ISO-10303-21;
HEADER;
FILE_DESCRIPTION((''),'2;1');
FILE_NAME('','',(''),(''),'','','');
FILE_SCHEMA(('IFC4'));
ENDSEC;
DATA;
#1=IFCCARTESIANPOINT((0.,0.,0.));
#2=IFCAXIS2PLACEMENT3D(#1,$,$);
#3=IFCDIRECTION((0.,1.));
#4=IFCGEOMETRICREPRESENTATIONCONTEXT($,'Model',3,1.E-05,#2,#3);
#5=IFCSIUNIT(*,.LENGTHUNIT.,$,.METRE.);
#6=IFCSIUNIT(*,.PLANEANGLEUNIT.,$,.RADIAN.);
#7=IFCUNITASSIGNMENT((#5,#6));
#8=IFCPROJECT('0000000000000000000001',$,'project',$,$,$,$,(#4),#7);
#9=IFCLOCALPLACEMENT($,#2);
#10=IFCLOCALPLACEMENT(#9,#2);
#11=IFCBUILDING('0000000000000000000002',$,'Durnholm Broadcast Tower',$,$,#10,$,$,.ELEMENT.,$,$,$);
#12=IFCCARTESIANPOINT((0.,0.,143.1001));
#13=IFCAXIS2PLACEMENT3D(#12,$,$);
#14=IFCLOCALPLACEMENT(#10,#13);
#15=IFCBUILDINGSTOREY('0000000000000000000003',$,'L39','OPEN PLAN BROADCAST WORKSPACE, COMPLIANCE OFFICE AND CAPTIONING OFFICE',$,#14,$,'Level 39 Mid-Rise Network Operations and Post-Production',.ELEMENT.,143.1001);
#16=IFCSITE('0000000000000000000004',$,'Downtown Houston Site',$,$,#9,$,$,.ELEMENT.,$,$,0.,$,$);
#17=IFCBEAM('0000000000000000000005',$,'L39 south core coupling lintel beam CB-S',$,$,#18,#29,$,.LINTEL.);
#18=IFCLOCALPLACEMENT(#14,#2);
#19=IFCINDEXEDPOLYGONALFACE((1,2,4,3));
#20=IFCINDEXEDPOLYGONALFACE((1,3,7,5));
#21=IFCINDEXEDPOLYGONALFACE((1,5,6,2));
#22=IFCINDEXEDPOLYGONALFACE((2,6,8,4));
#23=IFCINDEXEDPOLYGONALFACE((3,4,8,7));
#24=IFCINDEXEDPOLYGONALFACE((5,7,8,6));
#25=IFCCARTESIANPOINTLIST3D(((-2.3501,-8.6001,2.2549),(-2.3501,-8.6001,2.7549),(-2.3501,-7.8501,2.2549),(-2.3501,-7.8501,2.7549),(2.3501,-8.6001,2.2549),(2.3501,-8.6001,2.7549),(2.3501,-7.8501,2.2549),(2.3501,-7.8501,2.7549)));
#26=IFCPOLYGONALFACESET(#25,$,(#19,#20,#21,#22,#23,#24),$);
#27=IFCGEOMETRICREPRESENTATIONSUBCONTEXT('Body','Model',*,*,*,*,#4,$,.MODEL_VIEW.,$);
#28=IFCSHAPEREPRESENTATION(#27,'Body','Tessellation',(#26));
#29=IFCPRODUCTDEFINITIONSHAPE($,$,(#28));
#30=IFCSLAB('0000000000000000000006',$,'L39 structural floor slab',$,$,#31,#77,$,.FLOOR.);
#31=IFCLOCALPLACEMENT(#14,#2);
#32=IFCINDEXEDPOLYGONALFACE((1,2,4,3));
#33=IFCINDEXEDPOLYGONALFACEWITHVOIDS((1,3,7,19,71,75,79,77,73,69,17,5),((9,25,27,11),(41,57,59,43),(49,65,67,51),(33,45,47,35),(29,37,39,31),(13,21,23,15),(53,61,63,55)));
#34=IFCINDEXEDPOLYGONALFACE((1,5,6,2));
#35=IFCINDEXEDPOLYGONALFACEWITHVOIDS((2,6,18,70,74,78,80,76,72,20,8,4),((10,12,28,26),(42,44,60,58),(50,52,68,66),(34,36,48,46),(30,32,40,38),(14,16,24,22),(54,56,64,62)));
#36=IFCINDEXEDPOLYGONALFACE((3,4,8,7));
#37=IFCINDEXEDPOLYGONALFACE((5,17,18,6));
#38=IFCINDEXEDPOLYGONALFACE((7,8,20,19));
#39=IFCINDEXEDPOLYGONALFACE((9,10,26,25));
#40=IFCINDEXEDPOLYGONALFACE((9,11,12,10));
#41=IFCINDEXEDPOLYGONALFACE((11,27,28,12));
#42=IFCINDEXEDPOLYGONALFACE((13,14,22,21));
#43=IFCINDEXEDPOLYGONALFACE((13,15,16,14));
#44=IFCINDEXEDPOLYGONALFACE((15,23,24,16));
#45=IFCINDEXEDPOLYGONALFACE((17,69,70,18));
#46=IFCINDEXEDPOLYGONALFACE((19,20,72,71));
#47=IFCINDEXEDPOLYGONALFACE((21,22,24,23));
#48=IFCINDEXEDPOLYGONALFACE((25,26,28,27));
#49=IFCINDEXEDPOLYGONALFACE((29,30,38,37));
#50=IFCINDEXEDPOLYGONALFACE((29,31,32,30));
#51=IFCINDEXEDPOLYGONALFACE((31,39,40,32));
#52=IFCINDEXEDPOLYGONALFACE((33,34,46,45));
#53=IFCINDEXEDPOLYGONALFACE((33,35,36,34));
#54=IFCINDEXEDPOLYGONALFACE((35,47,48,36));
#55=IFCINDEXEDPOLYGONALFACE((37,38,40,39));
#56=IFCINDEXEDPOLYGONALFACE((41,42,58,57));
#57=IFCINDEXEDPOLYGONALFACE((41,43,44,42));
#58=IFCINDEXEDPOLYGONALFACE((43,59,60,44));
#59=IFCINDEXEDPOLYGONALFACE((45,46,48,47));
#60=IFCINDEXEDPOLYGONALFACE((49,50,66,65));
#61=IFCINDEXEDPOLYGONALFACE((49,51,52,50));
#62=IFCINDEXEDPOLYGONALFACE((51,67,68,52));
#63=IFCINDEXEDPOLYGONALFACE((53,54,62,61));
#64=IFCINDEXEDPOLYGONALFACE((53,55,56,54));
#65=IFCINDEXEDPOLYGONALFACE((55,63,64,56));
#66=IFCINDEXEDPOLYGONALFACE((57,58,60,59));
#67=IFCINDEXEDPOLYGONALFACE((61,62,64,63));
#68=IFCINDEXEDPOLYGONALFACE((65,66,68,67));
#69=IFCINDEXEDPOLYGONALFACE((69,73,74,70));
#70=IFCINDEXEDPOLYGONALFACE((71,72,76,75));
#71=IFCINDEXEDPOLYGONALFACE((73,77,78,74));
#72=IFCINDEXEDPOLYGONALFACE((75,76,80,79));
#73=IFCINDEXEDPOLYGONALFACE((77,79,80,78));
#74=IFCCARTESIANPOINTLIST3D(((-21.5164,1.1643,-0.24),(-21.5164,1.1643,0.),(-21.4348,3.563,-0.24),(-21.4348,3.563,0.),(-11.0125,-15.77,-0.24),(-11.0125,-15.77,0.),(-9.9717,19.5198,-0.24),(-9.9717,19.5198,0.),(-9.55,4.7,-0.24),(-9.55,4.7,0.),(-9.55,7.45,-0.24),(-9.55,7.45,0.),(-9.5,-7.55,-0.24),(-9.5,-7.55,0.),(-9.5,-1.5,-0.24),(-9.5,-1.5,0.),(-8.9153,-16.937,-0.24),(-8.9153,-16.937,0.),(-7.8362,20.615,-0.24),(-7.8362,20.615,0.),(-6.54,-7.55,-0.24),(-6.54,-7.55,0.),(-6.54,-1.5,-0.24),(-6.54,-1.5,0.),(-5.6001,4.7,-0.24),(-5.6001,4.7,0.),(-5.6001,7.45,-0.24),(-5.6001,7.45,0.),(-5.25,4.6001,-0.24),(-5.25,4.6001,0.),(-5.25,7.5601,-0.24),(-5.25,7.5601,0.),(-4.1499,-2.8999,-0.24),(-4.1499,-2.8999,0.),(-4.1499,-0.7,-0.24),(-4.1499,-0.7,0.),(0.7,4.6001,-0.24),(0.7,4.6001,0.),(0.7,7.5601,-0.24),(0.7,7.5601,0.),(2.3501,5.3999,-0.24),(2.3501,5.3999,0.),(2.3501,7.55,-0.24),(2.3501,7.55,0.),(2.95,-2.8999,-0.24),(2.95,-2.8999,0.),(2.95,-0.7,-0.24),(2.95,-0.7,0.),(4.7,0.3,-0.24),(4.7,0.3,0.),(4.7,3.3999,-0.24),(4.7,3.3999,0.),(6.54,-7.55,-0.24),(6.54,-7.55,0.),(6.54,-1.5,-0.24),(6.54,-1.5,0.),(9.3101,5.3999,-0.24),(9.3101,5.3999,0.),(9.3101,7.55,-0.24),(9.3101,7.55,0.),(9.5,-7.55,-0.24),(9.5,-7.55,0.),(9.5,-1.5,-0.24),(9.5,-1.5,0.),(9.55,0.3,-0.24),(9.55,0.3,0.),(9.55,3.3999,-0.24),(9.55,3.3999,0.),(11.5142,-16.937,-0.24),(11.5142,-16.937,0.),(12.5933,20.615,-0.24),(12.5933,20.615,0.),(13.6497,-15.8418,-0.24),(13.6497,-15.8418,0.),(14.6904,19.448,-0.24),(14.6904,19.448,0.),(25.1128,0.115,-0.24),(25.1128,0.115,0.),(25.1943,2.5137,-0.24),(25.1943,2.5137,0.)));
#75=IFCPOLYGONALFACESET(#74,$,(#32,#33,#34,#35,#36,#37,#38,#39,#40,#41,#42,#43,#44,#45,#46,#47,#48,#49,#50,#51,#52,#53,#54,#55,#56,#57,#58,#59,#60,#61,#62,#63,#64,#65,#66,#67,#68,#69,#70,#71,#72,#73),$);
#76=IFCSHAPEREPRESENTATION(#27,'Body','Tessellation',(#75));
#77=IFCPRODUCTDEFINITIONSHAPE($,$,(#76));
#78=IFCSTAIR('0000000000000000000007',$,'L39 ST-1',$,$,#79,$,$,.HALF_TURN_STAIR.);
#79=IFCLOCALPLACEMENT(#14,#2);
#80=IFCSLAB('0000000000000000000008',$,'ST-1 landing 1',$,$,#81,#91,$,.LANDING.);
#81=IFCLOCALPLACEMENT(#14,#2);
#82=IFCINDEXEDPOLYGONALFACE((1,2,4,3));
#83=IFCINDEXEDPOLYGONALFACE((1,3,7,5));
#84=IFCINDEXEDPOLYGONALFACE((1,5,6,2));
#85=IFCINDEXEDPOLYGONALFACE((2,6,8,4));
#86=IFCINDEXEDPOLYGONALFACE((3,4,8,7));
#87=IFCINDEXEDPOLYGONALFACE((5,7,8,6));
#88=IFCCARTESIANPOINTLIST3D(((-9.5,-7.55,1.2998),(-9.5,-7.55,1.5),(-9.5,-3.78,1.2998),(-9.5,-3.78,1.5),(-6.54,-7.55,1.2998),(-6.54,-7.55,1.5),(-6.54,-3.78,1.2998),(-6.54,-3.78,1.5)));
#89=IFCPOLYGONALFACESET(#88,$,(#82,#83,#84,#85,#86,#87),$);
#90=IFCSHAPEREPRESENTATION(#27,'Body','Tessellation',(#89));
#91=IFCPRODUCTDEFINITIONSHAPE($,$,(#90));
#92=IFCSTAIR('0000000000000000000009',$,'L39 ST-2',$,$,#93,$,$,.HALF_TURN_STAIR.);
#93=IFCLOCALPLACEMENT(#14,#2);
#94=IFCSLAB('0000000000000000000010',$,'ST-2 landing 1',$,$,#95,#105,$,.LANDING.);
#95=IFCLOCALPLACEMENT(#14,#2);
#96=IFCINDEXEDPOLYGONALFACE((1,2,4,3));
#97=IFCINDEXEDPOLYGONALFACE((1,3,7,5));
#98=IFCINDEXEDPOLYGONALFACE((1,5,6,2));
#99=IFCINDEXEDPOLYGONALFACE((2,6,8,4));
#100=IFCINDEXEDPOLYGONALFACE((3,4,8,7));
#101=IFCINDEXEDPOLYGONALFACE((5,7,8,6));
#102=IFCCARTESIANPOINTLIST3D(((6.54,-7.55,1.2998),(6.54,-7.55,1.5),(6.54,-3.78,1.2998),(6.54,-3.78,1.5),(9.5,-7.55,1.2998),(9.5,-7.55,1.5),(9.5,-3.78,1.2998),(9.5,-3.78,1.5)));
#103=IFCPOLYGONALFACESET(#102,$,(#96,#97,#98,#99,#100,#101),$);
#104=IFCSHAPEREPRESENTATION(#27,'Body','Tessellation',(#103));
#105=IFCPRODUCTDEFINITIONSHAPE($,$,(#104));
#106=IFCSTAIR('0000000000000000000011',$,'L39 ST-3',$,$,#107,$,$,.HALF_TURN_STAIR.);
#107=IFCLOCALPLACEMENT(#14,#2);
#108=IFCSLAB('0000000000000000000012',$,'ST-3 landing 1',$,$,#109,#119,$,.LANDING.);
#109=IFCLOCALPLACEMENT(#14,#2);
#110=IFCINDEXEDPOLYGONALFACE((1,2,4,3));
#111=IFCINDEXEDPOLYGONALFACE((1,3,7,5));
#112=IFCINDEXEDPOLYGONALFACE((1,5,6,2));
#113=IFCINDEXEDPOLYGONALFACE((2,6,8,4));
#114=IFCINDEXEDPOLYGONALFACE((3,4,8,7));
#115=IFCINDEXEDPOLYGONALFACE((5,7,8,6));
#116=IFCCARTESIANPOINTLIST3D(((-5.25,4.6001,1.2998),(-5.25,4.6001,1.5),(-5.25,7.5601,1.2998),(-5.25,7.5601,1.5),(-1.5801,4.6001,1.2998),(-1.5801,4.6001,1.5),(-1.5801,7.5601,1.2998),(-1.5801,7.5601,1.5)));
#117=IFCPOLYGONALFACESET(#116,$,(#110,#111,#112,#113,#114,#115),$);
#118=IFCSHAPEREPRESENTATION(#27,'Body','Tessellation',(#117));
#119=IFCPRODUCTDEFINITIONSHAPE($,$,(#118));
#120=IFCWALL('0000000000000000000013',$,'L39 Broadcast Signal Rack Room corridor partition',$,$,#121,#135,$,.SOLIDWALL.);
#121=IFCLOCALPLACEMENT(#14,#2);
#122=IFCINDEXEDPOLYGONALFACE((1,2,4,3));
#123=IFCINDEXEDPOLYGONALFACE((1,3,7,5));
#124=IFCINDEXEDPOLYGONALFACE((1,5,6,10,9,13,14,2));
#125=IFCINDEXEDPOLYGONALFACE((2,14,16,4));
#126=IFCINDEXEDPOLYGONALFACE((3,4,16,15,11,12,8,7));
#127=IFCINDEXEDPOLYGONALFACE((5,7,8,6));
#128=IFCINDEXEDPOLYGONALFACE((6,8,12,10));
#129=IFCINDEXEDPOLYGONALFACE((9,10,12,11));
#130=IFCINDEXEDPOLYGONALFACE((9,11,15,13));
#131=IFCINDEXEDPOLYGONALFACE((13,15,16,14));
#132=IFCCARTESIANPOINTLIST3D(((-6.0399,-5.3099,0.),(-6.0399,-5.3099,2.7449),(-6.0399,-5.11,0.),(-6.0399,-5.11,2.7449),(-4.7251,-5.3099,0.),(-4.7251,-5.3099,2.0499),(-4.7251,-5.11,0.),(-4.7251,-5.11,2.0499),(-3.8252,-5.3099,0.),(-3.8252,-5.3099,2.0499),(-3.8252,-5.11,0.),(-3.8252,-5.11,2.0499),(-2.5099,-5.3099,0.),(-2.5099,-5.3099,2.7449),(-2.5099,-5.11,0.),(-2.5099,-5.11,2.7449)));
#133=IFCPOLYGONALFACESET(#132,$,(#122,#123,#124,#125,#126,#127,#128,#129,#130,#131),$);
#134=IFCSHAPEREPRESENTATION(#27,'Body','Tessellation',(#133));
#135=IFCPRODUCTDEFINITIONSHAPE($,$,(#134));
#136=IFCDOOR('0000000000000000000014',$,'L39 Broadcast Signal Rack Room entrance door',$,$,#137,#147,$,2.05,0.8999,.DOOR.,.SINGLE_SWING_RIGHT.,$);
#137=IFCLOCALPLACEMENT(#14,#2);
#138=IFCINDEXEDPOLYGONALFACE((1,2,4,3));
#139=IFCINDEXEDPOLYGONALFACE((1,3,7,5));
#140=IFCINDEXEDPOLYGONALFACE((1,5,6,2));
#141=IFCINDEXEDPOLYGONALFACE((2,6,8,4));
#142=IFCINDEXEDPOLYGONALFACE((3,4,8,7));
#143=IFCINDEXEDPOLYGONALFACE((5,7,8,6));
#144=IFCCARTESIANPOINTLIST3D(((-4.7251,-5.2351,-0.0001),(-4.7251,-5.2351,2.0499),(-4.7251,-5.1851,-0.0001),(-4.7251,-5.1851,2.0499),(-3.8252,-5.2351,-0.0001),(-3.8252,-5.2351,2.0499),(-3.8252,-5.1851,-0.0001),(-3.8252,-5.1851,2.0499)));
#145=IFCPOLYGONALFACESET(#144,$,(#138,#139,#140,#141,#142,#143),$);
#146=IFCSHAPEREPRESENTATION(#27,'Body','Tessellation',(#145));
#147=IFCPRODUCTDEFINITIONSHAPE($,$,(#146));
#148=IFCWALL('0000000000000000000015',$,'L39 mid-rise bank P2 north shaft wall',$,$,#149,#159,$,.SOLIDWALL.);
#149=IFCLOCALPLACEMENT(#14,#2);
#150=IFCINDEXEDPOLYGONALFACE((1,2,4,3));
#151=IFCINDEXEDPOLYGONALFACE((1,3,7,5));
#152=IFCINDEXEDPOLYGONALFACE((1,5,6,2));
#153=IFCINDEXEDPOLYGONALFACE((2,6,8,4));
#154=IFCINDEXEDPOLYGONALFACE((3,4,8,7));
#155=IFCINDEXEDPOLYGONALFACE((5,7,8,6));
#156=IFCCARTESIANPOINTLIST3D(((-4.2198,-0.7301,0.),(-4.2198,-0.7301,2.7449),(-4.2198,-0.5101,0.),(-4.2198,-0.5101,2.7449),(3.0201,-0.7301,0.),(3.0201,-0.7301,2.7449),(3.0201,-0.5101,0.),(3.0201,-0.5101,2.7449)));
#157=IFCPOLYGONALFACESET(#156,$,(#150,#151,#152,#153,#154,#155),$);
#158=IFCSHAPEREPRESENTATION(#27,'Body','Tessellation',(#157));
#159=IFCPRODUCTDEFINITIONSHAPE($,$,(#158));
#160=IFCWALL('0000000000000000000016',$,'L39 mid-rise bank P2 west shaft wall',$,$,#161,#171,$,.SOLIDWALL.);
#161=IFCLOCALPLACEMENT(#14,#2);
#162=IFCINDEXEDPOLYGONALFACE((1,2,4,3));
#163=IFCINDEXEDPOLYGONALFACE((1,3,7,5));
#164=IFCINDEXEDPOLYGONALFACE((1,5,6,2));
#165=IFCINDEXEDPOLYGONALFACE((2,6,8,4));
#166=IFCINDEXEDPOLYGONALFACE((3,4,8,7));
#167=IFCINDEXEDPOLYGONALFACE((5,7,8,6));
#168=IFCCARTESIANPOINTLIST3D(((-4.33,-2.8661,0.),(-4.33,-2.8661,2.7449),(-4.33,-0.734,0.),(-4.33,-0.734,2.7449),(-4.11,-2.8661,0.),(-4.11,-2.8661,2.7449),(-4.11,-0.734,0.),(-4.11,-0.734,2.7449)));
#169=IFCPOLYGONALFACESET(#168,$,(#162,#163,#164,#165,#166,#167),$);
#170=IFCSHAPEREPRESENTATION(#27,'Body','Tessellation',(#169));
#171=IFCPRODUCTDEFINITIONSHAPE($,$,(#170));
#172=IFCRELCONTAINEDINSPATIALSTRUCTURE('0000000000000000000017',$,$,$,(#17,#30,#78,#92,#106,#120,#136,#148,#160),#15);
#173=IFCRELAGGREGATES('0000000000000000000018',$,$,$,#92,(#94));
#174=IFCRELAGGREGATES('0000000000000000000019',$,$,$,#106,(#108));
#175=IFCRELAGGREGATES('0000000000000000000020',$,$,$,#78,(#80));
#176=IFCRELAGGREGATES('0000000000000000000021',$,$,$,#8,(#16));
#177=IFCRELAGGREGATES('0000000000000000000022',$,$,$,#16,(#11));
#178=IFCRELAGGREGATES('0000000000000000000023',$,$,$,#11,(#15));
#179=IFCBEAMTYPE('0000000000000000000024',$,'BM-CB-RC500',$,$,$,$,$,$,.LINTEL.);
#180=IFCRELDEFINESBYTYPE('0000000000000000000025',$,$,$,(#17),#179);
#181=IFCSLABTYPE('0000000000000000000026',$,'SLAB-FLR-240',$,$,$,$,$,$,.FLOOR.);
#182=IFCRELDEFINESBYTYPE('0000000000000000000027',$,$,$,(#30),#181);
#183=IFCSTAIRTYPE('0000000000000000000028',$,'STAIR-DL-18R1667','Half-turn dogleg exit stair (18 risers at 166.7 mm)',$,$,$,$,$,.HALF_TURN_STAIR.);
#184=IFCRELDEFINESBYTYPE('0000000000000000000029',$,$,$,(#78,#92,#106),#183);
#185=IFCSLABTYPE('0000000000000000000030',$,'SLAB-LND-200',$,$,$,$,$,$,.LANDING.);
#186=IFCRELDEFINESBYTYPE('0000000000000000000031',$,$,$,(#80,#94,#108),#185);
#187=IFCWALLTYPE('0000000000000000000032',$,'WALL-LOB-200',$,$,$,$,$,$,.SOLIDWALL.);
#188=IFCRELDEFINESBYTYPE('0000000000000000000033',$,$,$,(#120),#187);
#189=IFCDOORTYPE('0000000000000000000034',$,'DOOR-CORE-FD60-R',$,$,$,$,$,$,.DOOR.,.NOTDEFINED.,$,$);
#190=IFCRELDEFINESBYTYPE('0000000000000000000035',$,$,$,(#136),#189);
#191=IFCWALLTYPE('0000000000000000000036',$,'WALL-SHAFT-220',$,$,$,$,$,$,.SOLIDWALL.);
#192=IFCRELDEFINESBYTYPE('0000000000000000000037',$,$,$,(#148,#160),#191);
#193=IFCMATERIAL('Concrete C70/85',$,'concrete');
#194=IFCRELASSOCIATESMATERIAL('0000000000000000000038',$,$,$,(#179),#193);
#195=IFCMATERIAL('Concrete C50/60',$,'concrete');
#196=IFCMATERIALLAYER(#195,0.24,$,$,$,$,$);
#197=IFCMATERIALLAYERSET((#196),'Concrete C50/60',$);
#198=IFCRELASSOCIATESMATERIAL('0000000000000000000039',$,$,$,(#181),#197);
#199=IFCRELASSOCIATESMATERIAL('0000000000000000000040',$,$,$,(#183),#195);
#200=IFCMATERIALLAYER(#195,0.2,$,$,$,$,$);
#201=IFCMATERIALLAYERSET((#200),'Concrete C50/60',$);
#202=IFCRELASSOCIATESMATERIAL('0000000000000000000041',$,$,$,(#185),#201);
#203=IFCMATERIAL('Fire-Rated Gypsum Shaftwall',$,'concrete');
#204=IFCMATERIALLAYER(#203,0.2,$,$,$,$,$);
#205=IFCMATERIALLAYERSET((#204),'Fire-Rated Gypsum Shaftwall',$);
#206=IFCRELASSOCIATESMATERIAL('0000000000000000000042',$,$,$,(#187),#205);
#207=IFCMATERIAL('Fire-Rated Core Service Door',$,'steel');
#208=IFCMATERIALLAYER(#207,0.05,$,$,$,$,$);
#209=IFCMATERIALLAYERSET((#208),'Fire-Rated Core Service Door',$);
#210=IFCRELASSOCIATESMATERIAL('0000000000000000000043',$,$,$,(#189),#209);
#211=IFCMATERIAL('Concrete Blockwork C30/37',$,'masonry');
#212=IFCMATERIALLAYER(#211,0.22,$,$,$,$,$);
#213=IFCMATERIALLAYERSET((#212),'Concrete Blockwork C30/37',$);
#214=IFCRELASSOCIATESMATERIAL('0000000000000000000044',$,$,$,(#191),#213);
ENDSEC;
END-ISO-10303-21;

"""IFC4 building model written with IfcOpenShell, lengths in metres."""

from ifc_helpers import new_model, si_unit, direction, frame, frame_2d, origin, origin_2d, place, context, subcontext, project, spatial, polyline, rectangle, outline, extrude, source, transform, mapped, material, layer, layer_set, material_profile, profile_set, type_object, type_shapes, element, fill, aggregate, save


model = new_model("IFC4")

# Units and contexts
model_context = context("Model", 3, precision=1e-05, world=origin(), true_north=direction((0.0, 1.0)))
body_context = subcontext(model_context, "Body", "Model", "MODEL_VIEW")
ifc_project = project(units=[si_unit("LENGTHUNIT", "METRE"), si_unit("PLANEANGLEUNIT", "RADIAN")], contexts=[model_context])

# Site, building, storey
site_placement = place(None, origin())
site = spatial("IfcSite", under=ifc_project, at=site_placement, Name="Downtown Houston Site", CompositionType="ELEMENT", RefElevation=0.0)
building_placement = place(site_placement, origin())
building = spatial("IfcBuilding", under=site, at=building_placement, Name="Durnholm Broadcast Tower", CompositionType="ELEMENT")
storey_placement = place(building_placement, frame((0.0, 0.0, 143.1001)))
storey = spatial("IfcBuildingStorey", under=building, at=storey_placement, Name="L39", Description="OPEN PLAN BROADCAST WORKSPACE, COMPLIANCE OFFICE AND CAPTIONING OFFICE", LongName="Level 39 Mid-Rise Network Operations and Post-Production", CompositionType="ELEMENT", Elevation=143.1001)

# Beam
ifc_material_1 = material(Name="Concrete C70/85", Category="concrete")
ifc_material_profile = material_profile(ifc_material_1, rectangle(XDim=0.75, YDim=0.5, at=origin_2d()), Name="RC750X500")
ifc_profile_set = profile_set([ifc_material_profile], Name="Concrete C70/85")
beam_type = type_object("IfcBeamType", Name="BM-CB-RC500", PredefinedType="LINTEL", material=ifc_profile_set)
shared_shape_1 = source(origin(), body_context, "Body", "SweptSolid", [
    extrude(rectangle(XDim=0.75, YDim=0.5, at=origin_2d()), origin(), (0.0, 0.0, 1.0), 4.7002),
])
type_shapes(beam_type, [shared_shape_1])
beam_placement = place(storey_placement, frame((-2.3501, -8.2251, 2.5049), z_axis=(1.0, 0.0, 0.0), x_axis=(0.0, 1.0, 0.0)))
element("IfcBeam", 1, at=beam_placement, inside=storey, type_object=beam_type, Name="L39 south core coupling lintel beam CB-S", PredefinedType="LINTEL", context=body_context, shape_type="MappedRepresentation", body=[
    mapped(shared_shape_1, transform((0.0, 0.0, 0.0), x_axis=(1.0, 0.0, 0.0), y_axis=(0.0, 1.0, 0.0), z_axis=(0.0, 0.0, 1.0), scale=1.0)),
])

# Slab
ifc_material_2 = material(Name="Concrete C50/60", Category="concrete")
ifc_layer_1 = layer(ifc_material_2, 0.24)
ifc_layer_set_1 = layer_set([ifc_layer_1], Name="Concrete C50/60")
slab_type_1 = type_object("IfcSlabType", Name="SLAB-FLR-240", PredefinedType="FLOOR", material=ifc_layer_set_1)
slab_1_placement = place(storey_placement, frame((0.0, 0.0, -0.24)))
element("IfcSlab", 2, at=slab_1_placement, inside=storey, type_object=slab_type_1, Name="L39 structural floor slab", PredefinedType="FLOOR", context=body_context, shape_type="SweptSolid", body=[
    extrude(outline(polyline([(-11.0125, -15.77), (-8.9153, -16.937), (11.5142, -16.937), (13.6497, -15.8418), (25.1128, 0.115), (25.1943, 2.5137), (14.6904, 19.448), (12.5933, 20.615), (-7.8362, 20.615), (-9.9717, 19.5198), (-21.4348, 3.563), (-21.5164, 1.1643), (-11.0125, -15.77)]), holes=[polyline([(-6.54, -1.5), (-9.5, -1.5), (-9.5, -7.55), (-6.54, -7.55), (-6.54, -1.5)]), polyline([(9.5, -7.55), (9.5, -1.5), (6.54, -1.5), (6.54, -7.55), (9.5, -7.55)]), polyline([(2.95, -0.7), (-4.1499, -0.7), (-4.1499, -2.8999), (2.95, -2.8999), (2.95, -0.7)]), polyline([(9.55, 3.3999), (4.7, 3.3999), (4.7, 0.3), (9.55, 0.3), (9.55, 3.3999)]), polyline([(-5.6001, 7.45), (-9.55, 7.45), (-9.55, 4.7), (-5.6001, 4.7), (-5.6001, 7.45)]), polyline([(-5.25, 4.6001), (0.7, 4.6001), (0.7, 7.5601), (-5.25, 7.5601), (-5.25, 4.6001)]), polyline([(9.3101, 7.55), (2.3501, 7.55), (2.3501, 5.3999), (9.3101, 5.3999), (9.3101, 7.55)])]), origin(), (0.0, 0.0, 1.0), 0.24),
])

# Stairs, slabs
stair_type = type_object("IfcStairType", Name="STAIR-DL-18R1667", Description="Half-turn dogleg exit stair (18 risers at 166.7 mm)", PredefinedType="HALF_TURN_STAIR", material=ifc_material_2)
stair_1_placement = place(storey_placement, origin())
stair_1 = element("IfcStair", 3, at=stair_1_placement, inside=storey, type_object=stair_type, Name="L39 ST-1", PredefinedType="HALF_TURN_STAIR")
ifc_layer_2 = layer(ifc_material_2, 0.2)
ifc_layer_set_2 = layer_set([ifc_layer_2], Name="Concrete C50/60")
slab_type_2 = type_object("IfcSlabType", Name="SLAB-LND-200", PredefinedType="LANDING", material=ifc_layer_set_2)
slab_2_placement = place(storey_placement, frame((0.0, 0.0, 1.2998)))
slab_2 = element("IfcSlab", 4, at=slab_2_placement, type_object=slab_type_2, Name="ST-1 landing 1", PredefinedType="LANDING", context=body_context, shape_type="SweptSolid", body=[
    extrude(outline(polyline([(-9.5, -3.78), (-9.5, -7.55), (-6.54, -7.55), (-6.54, -3.78), (-9.5, -3.78)])), origin(), (0.0, 0.0, 1.0), 0.2002),
])
stair_2_placement = place(storey_placement, origin())
stair_2 = element("IfcStair", 5, at=stair_2_placement, inside=storey, type_object=stair_type, Name="L39 ST-2", PredefinedType="HALF_TURN_STAIR")
slab_3_placement = place(storey_placement, frame((0.0, 0.0, 1.2998)))
slab_3 = element("IfcSlab", 6, at=slab_3_placement, type_object=slab_type_2, Name="ST-2 landing 1", PredefinedType="LANDING", context=body_context, shape_type="SweptSolid", body=[
    extrude(outline(polyline([(6.54, -3.78), (6.54, -7.55), (9.5, -7.55), (9.5, -3.78), (6.54, -3.78)])), origin(), (0.0, 0.0, 1.0), 0.2002),
])
aggregate(stair_2, [slab_3])
stair_3_placement = place(storey_placement, origin())
stair_3 = element("IfcStair", 7, at=stair_3_placement, inside=storey, type_object=stair_type, Name="L39 ST-3", PredefinedType="HALF_TURN_STAIR")
slab_4_placement = place(storey_placement, frame((0.0, 0.0, 1.2998)))
slab_4 = element("IfcSlab", 8, at=slab_4_placement, type_object=slab_type_2, Name="ST-3 landing 1", PredefinedType="LANDING", context=body_context, shape_type="SweptSolid", body=[
    extrude(outline(polyline([(-1.5801, 7.5601), (-5.25, 7.5601), (-5.25, 4.6001), (-1.5801, 4.6001), (-1.5801, 7.5601)])), origin(), (0.0, 0.0, 1.0), 0.2002),
])
aggregate(stair_3, [slab_4])

# Wall, opening, door
ifc_material_3 = material(Name="Fire-Rated Gypsum Shaftwall", Category="concrete")
ifc_layer_3 = layer(ifc_material_3, 0.2)
ifc_layer_set_3 = layer_set([ifc_layer_3], Name="Fire-Rated Gypsum Shaftwall")
wall_type_1 = type_object("IfcWallType", Name="WALL-LOB-200", PredefinedType="SOLIDWALL", material=ifc_layer_set_3)
wall_1_placement = place(storey_placement, frame((-6.04, -5.21, 0.0), z_axis=(0.0, 0.0, 1.0), x_axis=(1.0, 0.0, 0.0)))
wall_1 = element("IfcWall", 9, at=wall_1_placement, inside=storey, type_object=wall_type_1, Name="L39 Broadcast Signal Rack Room corridor partition", PredefinedType="SOLIDWALL", context=body_context, shape_type="SweptSolid", body=[
    extrude(rectangle(XDim=3.53, YDim=0.2, at=frame_2d((1.7651, 0.0))), origin(), (0.0, 0.0, 1.0), 2.7449),
])
opening_1_placement = place(wall_1_placement, frame((1.3149, 0.0, 0.0)))
opening_1 = element("IfcOpeningElement", 10, at=opening_1_placement, cuts=wall_1, PredefinedType="OPENING", context=body_context, shape_type="SweptSolid", body=[
    extrude(rectangle(XDim=0.8999, YDim=2.05, at=frame_2d((0.45, 1.0249))), frame((0.0, 0.1099, 0.0), z_axis=(0.0, -1.0, 0.0), x_axis=(1.0, 0.0, 0.0)), (0.0, 0.0, 1.0), 0.22),
])
ifc_material_4 = material(Name="Fire-Rated Core Service Door", Category="steel")
ifc_layer_4 = layer(ifc_material_4, 0.05)
ifc_layer_set_4 = layer_set([ifc_layer_4], Name="Fire-Rated Core Service Door")
door_type_1 = type_object("IfcDoorType", Name="DOOR-CORE-FD60-R", OperationType="NOTDEFINED", PredefinedType="DOOR", material=ifc_layer_set_4)
shared_shape_2 = source(origin(), body_context, "Body", "SweptSolid", [
    extrude(rectangle(XDim=0.8999, YDim=2.05, at=frame_2d((0.45, 1.0249))), frame((0.0, 0.0249, 0.0), z_axis=(0.0, -1.0, 0.0), x_axis=(1.0, 0.0, 0.0)), (0.0, 0.0, 1.0), 0.05),
])
type_shapes(door_type_1, [shared_shape_2])
door_1_placement = place(opening_1_placement, origin())
door_1 = element("IfcDoor", 11, at=door_1_placement, inside=storey, type_object=door_type_1, Name="L39 Broadcast Signal Rack Room entrance door", OperationType="SINGLE_SWING_RIGHT", OverallHeight=2.05, OverallWidth=0.8999, PredefinedType="DOOR", context=body_context, shape_type="MappedRepresentation", body=[
    mapped(shared_shape_2, transform((0.0, 0.0, 0.0), x_axis=(1.0, 0.0, 0.0), y_axis=(0.0, 1.0, 0.0), z_axis=(0.0, 0.0, 1.0), scale=1.0)),
])
fill(opening_1, door_1)

# Shared definitions
ifc_material_5 = material(Name="Concrete Blockwork C30/37", Category="masonry")
ifc_layer_5 = layer(ifc_material_5, 0.22)
ifc_layer_set_5 = layer_set([ifc_layer_5], Name="Concrete Blockwork C30/37")
wall_type_2 = type_object("IfcWallType", Name="WALL-SHAFT-220", PredefinedType="SOLIDWALL", material=ifc_layer_set_5)

# Walls
wall_2_placement = place(storey_placement, frame((-4.22, -0.6201, 0.0), z_axis=(0.0, 0.0, 1.0), x_axis=(1.0, 0.0, 0.0)))
element("IfcWall", 12, at=wall_2_placement, inside=storey, type_object=wall_type_2, Name="L39 mid-rise bank P2 north shaft wall", PredefinedType="SOLIDWALL", context=body_context, shape_type="SweptSolid", body=[
    extrude(rectangle(XDim=7.24, YDim=0.22, at=frame_2d((3.6201, 0.0))), origin(), (0.0, 0.0, 1.0), 2.7449),
])
wall_3_placement = place(storey_placement, frame((-4.22, -2.866, 0.0), z_axis=(0.0, 0.0, 1.0), x_axis=(0.0, 1.0, 0.0)))
element("IfcWall", 13, at=wall_3_placement, inside=storey, type_object=wall_type_2, Name="L39 mid-rise bank P2 west shaft wall", PredefinedType="SOLIDWALL", context=body_context, shape_type="SweptSolid", body=[
    extrude(rectangle(XDim=2.1321, YDim=0.22, at=frame_2d((1.0659, 0.0))), origin(), (0.0, 0.0, 1.0), 2.7449),
])

aggregate(stair_1, [slab_2])

save(model, "model.ifc")
